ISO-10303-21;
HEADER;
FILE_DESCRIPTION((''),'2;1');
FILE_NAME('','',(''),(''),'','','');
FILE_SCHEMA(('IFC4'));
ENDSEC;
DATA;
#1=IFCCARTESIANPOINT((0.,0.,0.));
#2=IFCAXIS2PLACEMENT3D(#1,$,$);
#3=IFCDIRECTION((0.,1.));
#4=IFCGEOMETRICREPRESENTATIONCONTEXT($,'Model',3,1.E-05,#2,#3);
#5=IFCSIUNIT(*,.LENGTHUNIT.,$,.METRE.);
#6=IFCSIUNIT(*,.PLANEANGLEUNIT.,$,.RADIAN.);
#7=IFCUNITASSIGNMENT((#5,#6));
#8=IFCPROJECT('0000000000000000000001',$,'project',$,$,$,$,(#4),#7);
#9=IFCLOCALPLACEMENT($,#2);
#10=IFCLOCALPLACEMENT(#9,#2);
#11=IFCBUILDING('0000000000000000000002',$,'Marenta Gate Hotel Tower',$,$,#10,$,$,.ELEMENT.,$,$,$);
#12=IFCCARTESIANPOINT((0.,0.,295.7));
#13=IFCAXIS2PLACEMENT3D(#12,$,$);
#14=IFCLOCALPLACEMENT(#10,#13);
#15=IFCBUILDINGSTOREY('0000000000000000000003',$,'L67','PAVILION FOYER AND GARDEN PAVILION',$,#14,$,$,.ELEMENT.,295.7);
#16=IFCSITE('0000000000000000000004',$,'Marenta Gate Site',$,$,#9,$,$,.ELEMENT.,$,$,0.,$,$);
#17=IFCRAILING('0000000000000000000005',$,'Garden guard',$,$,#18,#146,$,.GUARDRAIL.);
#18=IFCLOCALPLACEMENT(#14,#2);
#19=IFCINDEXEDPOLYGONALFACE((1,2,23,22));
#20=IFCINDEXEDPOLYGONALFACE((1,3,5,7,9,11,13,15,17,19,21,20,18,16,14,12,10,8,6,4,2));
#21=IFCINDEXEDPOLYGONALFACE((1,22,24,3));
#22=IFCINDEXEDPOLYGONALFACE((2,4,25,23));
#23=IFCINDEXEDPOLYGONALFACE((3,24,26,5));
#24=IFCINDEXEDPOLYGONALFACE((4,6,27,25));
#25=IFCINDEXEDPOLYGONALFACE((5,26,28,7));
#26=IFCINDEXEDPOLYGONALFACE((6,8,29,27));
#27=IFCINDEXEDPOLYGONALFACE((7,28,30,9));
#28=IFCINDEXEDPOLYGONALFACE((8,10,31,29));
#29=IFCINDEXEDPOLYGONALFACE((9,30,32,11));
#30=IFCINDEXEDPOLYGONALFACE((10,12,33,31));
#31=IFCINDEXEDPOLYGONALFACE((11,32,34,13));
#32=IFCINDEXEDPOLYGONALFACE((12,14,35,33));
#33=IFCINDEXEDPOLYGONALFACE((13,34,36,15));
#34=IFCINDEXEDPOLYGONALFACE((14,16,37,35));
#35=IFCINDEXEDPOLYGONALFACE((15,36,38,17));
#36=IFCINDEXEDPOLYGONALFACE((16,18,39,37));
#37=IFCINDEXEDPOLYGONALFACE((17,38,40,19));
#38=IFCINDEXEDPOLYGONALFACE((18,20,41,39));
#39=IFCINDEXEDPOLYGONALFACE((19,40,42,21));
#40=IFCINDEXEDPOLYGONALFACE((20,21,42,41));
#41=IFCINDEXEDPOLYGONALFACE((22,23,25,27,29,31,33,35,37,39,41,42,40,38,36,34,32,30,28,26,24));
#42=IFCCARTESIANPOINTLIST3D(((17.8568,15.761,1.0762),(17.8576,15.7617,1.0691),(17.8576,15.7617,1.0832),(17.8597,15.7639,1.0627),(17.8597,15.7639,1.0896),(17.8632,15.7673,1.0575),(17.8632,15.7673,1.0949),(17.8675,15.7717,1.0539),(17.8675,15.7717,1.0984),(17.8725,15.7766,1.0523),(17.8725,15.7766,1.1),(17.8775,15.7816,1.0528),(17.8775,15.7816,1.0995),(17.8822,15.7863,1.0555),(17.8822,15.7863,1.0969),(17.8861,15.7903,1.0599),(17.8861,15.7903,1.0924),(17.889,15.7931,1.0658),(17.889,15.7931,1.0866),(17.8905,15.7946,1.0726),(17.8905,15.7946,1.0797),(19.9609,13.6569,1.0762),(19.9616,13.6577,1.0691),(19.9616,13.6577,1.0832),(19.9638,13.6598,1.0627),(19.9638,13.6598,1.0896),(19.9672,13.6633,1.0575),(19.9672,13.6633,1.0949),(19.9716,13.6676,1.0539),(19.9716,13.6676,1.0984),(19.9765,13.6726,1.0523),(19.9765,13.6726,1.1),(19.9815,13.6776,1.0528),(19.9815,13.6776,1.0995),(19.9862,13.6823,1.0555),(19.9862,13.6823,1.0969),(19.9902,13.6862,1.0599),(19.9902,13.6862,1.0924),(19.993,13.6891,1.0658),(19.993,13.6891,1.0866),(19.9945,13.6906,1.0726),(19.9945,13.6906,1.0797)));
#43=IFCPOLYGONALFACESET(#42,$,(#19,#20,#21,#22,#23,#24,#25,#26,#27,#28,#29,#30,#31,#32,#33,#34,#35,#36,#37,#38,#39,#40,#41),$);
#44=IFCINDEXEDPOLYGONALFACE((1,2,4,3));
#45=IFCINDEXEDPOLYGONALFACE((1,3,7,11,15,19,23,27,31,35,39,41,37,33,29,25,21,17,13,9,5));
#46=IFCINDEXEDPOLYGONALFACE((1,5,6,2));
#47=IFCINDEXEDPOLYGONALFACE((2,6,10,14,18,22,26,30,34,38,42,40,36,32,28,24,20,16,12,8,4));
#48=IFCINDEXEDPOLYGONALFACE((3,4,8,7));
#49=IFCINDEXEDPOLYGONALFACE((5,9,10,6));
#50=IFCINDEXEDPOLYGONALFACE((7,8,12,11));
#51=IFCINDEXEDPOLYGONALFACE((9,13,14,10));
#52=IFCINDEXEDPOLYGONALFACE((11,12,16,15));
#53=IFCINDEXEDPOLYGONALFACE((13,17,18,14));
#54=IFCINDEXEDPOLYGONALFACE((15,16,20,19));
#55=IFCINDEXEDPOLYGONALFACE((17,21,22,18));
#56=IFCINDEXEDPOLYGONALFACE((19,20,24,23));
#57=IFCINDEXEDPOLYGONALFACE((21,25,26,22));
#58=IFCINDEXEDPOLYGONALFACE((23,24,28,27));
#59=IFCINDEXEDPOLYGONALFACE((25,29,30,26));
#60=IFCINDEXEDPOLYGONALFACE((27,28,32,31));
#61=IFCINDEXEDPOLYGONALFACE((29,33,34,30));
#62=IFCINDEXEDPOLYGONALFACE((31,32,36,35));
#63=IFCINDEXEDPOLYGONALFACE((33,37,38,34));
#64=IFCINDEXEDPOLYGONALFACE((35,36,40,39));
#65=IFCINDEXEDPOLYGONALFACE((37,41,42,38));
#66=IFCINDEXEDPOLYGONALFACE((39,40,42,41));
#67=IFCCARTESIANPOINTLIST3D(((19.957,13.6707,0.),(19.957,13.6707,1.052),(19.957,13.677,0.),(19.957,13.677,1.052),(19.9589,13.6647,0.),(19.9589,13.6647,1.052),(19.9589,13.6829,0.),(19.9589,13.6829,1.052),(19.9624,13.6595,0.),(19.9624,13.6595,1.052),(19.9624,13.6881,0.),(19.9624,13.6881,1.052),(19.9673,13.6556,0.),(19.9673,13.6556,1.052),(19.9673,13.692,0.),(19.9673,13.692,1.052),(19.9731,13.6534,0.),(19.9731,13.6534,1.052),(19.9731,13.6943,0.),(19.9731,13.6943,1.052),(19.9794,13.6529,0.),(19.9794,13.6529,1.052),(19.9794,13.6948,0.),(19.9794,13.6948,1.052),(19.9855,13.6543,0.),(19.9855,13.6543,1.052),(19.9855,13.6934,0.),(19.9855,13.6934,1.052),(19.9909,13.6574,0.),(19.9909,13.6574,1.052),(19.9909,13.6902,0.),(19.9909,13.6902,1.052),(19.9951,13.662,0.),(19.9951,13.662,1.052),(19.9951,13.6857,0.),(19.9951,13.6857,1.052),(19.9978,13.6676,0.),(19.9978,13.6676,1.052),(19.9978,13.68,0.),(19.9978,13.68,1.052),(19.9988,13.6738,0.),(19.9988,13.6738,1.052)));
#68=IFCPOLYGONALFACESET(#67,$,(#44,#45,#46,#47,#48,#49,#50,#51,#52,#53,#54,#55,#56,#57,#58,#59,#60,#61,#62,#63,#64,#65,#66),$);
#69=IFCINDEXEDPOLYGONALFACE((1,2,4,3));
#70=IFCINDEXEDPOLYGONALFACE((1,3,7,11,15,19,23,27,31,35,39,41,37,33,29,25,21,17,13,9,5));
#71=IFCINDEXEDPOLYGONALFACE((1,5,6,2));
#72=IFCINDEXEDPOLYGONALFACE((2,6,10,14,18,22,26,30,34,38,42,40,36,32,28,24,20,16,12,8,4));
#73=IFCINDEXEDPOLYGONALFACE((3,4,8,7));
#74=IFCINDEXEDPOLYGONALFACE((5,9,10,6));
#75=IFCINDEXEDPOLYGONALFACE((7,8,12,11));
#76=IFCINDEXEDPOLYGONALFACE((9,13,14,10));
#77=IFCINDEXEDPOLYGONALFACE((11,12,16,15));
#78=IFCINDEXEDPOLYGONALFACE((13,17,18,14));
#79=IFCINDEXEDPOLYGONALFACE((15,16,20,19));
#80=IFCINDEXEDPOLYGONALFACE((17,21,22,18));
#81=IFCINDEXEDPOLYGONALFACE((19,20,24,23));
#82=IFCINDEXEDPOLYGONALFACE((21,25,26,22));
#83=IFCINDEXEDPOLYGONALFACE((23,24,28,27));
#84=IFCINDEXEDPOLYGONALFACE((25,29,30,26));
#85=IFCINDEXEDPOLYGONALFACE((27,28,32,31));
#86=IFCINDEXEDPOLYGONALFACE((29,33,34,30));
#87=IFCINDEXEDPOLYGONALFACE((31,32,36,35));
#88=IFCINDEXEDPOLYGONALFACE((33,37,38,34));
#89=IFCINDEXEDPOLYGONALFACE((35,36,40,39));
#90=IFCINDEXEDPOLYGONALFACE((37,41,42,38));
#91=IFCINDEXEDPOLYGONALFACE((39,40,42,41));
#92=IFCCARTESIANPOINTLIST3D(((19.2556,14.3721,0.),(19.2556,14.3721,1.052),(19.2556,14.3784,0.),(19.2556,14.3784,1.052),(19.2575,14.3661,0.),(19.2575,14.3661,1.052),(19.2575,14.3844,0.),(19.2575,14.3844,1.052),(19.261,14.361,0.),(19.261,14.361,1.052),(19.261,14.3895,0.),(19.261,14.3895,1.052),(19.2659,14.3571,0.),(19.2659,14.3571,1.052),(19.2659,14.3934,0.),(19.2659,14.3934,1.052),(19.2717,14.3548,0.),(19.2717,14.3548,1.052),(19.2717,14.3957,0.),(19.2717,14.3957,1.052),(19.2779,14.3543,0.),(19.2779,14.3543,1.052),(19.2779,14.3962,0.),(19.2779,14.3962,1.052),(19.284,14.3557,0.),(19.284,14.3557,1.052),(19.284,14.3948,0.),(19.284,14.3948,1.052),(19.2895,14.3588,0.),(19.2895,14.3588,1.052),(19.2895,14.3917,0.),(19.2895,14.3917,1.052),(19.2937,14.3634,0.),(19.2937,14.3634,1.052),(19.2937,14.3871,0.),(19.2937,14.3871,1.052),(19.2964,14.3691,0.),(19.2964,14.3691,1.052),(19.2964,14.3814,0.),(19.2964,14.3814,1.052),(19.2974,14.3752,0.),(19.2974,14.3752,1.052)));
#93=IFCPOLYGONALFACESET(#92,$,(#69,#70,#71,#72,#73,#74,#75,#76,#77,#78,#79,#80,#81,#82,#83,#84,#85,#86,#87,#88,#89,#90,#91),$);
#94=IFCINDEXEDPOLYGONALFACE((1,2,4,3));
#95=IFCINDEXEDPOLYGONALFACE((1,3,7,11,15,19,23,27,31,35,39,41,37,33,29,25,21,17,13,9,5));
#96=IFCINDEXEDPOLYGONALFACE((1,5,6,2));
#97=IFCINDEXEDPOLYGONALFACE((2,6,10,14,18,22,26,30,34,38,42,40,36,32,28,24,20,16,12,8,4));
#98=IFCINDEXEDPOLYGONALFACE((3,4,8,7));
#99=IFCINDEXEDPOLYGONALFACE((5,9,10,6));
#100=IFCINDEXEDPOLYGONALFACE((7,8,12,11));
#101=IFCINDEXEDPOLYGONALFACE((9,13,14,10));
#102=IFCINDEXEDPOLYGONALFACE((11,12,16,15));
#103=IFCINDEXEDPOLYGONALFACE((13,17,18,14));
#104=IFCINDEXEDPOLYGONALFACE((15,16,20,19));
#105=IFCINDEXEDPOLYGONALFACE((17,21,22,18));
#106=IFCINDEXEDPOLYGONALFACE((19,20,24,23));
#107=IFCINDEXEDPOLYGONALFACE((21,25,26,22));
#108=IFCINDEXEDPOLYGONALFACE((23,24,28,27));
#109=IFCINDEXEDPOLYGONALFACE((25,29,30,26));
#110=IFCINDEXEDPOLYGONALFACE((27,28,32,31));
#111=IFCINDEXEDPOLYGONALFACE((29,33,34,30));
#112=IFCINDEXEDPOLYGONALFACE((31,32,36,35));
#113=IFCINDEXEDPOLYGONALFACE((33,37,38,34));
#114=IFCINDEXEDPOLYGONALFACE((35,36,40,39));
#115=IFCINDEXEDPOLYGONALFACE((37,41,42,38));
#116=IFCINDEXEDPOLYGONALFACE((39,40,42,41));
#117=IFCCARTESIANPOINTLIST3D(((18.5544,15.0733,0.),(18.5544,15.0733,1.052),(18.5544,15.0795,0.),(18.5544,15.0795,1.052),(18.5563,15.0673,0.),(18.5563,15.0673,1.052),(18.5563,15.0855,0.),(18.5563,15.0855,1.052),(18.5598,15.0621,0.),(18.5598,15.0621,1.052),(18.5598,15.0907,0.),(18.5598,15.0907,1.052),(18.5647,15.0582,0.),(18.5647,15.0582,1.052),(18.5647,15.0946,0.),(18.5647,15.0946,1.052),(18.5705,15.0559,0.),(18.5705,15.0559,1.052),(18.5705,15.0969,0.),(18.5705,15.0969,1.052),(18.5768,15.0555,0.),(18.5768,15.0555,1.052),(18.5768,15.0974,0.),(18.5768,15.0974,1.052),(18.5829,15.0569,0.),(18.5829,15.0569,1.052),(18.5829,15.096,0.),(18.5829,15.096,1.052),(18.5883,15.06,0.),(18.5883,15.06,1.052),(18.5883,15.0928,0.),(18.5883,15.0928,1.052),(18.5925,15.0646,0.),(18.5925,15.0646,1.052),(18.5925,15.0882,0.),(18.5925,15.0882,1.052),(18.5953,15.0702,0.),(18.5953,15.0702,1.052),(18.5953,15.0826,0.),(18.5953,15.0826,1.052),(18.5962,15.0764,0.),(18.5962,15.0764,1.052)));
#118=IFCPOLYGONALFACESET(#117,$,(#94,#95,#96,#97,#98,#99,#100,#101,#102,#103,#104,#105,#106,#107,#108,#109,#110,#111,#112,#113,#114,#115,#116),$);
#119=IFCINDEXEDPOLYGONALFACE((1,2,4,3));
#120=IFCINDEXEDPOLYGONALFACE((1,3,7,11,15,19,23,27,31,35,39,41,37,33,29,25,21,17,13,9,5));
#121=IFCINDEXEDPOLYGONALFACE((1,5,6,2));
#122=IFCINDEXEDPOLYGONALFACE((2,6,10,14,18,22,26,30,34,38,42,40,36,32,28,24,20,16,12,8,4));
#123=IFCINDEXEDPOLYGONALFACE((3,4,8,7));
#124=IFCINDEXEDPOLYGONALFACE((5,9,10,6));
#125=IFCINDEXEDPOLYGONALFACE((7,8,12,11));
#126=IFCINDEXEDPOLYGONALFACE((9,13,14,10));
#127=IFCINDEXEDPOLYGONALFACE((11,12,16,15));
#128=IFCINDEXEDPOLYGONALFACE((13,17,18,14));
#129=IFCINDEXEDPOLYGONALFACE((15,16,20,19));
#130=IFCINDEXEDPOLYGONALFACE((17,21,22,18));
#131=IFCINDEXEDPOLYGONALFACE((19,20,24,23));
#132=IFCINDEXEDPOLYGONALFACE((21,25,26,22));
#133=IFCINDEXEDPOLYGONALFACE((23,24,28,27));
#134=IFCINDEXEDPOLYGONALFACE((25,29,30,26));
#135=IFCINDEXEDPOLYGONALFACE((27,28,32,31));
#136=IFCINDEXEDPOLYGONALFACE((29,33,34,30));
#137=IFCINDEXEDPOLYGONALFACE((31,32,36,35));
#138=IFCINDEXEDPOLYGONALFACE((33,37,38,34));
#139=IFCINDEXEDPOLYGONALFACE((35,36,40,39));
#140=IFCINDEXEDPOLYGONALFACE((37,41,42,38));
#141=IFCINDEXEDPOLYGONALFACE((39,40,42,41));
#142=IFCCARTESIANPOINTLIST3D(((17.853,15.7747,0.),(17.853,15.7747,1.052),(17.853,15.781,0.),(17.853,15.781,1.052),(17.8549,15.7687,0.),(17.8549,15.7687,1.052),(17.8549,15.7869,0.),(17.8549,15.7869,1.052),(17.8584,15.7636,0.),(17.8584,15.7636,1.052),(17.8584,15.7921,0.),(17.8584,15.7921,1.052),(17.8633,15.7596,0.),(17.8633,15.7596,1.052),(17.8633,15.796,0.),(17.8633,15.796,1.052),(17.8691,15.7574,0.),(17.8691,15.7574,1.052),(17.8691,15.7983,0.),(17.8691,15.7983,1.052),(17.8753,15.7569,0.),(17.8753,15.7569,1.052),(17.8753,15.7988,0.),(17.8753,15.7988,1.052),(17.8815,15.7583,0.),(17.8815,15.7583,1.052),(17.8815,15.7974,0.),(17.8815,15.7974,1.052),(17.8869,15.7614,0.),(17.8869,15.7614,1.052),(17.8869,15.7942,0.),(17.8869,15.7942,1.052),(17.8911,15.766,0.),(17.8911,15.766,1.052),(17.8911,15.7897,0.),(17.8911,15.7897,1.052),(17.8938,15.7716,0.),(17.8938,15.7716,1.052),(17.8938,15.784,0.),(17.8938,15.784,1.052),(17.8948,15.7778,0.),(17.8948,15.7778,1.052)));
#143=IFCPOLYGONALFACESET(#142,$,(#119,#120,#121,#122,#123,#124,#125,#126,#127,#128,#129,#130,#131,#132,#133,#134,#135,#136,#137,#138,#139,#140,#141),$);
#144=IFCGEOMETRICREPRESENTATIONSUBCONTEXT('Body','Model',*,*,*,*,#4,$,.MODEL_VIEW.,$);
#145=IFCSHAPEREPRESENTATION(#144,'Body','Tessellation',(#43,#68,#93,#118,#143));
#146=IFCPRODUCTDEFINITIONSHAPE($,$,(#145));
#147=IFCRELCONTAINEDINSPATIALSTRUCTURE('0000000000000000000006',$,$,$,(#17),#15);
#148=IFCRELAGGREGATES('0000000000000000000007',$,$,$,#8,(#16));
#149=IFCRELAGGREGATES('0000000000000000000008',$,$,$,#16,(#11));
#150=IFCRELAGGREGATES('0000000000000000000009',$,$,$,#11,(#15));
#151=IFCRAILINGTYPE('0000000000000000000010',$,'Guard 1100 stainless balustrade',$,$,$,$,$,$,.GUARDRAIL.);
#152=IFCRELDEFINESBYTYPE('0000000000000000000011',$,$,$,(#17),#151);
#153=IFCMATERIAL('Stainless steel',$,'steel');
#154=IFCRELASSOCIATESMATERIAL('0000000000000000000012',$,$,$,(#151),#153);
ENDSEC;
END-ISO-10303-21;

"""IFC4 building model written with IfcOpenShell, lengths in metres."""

from ifc_helpers import new_model, si_unit, direction, frame, origin, origin_2d, place, context, subcontext, project, spatial, circle, extrude, material, type_object, element, save


model = new_model("IFC4")

# Units and contexts
model_context = context("Model", 3, precision=1e-05, world=origin(), true_north=direction((0.0, 1.0)))
body_context = subcontext(model_context, "Body", "Model", "MODEL_VIEW")
ifc_project = project(units=[si_unit("LENGTHUNIT", "METRE"), si_unit("PLANEANGLEUNIT", "RADIAN")], contexts=[model_context])

# Site, building, storey
site_placement = place(None, origin())
site = spatial("IfcSite", under=ifc_project, at=site_placement, Name="Marenta Gate Site", CompositionType="ELEMENT", RefElevation=0.0)
building_placement = place(site_placement, origin())
building = spatial("IfcBuilding", under=site, at=building_placement, Name="Marenta Gate Hotel Tower", CompositionType="ELEMENT")
storey_placement = place(building_placement, frame((0.0, 0.0, 295.7)))
storey = spatial("IfcBuildingStorey", under=building, at=storey_placement, Name="L67", Description="PAVILION FOYER AND GARDEN PAVILION", CompositionType="ELEMENT", Elevation=295.7)

# Railing
ifc_material_1 = material(Name="Stainless steel", Category="steel")
railing_type_1 = type_object("IfcRailingType", Name="Guard 1100 stainless balustrade", PredefinedType="GUARDRAIL", material=ifc_material_1)
railing_1_placement = place(storey_placement, frame((19.9778, 13.6738, 0.0)))
element("IfcRailing", 1, at=railing_1_placement, inside=storey, type_object=railing_type_1, Name="Garden guard", PredefinedType="GUARDRAIL", context=body_context, shape_type="SweptSolid", body=[
    extrude(circle(Radius=0.0239, at=origin_2d()), frame((0.0, 0.0, 1.0762), z_axis=(-0.707107, 0.707107, 0.0), x_axis=(-0.707107, -0.707107, 0.0)), (0.0, 0.0, 1.0), 2.9756),
    extrude(circle(Radius=0.021, at=origin_2d()), origin(), (0.0, 0.0, 1.0), 1.052),
    extrude(circle(Radius=0.021, at=origin_2d()), frame((-0.7014, 0.7014, 0.0)), (0.0, 0.0, 1.0), 1.052),
    extrude(circle(Radius=0.021, at=origin_2d()), frame((-1.4026, 1.4026, 0.0)), (0.0, 0.0, 1.0), 1.052),
    extrude(circle(Radius=0.021, at=origin_2d()), frame((-2.104, 2.104, 0.0)), (0.0, 0.0, 1.0), 1.052),
])

save(model, "model.ifc")
